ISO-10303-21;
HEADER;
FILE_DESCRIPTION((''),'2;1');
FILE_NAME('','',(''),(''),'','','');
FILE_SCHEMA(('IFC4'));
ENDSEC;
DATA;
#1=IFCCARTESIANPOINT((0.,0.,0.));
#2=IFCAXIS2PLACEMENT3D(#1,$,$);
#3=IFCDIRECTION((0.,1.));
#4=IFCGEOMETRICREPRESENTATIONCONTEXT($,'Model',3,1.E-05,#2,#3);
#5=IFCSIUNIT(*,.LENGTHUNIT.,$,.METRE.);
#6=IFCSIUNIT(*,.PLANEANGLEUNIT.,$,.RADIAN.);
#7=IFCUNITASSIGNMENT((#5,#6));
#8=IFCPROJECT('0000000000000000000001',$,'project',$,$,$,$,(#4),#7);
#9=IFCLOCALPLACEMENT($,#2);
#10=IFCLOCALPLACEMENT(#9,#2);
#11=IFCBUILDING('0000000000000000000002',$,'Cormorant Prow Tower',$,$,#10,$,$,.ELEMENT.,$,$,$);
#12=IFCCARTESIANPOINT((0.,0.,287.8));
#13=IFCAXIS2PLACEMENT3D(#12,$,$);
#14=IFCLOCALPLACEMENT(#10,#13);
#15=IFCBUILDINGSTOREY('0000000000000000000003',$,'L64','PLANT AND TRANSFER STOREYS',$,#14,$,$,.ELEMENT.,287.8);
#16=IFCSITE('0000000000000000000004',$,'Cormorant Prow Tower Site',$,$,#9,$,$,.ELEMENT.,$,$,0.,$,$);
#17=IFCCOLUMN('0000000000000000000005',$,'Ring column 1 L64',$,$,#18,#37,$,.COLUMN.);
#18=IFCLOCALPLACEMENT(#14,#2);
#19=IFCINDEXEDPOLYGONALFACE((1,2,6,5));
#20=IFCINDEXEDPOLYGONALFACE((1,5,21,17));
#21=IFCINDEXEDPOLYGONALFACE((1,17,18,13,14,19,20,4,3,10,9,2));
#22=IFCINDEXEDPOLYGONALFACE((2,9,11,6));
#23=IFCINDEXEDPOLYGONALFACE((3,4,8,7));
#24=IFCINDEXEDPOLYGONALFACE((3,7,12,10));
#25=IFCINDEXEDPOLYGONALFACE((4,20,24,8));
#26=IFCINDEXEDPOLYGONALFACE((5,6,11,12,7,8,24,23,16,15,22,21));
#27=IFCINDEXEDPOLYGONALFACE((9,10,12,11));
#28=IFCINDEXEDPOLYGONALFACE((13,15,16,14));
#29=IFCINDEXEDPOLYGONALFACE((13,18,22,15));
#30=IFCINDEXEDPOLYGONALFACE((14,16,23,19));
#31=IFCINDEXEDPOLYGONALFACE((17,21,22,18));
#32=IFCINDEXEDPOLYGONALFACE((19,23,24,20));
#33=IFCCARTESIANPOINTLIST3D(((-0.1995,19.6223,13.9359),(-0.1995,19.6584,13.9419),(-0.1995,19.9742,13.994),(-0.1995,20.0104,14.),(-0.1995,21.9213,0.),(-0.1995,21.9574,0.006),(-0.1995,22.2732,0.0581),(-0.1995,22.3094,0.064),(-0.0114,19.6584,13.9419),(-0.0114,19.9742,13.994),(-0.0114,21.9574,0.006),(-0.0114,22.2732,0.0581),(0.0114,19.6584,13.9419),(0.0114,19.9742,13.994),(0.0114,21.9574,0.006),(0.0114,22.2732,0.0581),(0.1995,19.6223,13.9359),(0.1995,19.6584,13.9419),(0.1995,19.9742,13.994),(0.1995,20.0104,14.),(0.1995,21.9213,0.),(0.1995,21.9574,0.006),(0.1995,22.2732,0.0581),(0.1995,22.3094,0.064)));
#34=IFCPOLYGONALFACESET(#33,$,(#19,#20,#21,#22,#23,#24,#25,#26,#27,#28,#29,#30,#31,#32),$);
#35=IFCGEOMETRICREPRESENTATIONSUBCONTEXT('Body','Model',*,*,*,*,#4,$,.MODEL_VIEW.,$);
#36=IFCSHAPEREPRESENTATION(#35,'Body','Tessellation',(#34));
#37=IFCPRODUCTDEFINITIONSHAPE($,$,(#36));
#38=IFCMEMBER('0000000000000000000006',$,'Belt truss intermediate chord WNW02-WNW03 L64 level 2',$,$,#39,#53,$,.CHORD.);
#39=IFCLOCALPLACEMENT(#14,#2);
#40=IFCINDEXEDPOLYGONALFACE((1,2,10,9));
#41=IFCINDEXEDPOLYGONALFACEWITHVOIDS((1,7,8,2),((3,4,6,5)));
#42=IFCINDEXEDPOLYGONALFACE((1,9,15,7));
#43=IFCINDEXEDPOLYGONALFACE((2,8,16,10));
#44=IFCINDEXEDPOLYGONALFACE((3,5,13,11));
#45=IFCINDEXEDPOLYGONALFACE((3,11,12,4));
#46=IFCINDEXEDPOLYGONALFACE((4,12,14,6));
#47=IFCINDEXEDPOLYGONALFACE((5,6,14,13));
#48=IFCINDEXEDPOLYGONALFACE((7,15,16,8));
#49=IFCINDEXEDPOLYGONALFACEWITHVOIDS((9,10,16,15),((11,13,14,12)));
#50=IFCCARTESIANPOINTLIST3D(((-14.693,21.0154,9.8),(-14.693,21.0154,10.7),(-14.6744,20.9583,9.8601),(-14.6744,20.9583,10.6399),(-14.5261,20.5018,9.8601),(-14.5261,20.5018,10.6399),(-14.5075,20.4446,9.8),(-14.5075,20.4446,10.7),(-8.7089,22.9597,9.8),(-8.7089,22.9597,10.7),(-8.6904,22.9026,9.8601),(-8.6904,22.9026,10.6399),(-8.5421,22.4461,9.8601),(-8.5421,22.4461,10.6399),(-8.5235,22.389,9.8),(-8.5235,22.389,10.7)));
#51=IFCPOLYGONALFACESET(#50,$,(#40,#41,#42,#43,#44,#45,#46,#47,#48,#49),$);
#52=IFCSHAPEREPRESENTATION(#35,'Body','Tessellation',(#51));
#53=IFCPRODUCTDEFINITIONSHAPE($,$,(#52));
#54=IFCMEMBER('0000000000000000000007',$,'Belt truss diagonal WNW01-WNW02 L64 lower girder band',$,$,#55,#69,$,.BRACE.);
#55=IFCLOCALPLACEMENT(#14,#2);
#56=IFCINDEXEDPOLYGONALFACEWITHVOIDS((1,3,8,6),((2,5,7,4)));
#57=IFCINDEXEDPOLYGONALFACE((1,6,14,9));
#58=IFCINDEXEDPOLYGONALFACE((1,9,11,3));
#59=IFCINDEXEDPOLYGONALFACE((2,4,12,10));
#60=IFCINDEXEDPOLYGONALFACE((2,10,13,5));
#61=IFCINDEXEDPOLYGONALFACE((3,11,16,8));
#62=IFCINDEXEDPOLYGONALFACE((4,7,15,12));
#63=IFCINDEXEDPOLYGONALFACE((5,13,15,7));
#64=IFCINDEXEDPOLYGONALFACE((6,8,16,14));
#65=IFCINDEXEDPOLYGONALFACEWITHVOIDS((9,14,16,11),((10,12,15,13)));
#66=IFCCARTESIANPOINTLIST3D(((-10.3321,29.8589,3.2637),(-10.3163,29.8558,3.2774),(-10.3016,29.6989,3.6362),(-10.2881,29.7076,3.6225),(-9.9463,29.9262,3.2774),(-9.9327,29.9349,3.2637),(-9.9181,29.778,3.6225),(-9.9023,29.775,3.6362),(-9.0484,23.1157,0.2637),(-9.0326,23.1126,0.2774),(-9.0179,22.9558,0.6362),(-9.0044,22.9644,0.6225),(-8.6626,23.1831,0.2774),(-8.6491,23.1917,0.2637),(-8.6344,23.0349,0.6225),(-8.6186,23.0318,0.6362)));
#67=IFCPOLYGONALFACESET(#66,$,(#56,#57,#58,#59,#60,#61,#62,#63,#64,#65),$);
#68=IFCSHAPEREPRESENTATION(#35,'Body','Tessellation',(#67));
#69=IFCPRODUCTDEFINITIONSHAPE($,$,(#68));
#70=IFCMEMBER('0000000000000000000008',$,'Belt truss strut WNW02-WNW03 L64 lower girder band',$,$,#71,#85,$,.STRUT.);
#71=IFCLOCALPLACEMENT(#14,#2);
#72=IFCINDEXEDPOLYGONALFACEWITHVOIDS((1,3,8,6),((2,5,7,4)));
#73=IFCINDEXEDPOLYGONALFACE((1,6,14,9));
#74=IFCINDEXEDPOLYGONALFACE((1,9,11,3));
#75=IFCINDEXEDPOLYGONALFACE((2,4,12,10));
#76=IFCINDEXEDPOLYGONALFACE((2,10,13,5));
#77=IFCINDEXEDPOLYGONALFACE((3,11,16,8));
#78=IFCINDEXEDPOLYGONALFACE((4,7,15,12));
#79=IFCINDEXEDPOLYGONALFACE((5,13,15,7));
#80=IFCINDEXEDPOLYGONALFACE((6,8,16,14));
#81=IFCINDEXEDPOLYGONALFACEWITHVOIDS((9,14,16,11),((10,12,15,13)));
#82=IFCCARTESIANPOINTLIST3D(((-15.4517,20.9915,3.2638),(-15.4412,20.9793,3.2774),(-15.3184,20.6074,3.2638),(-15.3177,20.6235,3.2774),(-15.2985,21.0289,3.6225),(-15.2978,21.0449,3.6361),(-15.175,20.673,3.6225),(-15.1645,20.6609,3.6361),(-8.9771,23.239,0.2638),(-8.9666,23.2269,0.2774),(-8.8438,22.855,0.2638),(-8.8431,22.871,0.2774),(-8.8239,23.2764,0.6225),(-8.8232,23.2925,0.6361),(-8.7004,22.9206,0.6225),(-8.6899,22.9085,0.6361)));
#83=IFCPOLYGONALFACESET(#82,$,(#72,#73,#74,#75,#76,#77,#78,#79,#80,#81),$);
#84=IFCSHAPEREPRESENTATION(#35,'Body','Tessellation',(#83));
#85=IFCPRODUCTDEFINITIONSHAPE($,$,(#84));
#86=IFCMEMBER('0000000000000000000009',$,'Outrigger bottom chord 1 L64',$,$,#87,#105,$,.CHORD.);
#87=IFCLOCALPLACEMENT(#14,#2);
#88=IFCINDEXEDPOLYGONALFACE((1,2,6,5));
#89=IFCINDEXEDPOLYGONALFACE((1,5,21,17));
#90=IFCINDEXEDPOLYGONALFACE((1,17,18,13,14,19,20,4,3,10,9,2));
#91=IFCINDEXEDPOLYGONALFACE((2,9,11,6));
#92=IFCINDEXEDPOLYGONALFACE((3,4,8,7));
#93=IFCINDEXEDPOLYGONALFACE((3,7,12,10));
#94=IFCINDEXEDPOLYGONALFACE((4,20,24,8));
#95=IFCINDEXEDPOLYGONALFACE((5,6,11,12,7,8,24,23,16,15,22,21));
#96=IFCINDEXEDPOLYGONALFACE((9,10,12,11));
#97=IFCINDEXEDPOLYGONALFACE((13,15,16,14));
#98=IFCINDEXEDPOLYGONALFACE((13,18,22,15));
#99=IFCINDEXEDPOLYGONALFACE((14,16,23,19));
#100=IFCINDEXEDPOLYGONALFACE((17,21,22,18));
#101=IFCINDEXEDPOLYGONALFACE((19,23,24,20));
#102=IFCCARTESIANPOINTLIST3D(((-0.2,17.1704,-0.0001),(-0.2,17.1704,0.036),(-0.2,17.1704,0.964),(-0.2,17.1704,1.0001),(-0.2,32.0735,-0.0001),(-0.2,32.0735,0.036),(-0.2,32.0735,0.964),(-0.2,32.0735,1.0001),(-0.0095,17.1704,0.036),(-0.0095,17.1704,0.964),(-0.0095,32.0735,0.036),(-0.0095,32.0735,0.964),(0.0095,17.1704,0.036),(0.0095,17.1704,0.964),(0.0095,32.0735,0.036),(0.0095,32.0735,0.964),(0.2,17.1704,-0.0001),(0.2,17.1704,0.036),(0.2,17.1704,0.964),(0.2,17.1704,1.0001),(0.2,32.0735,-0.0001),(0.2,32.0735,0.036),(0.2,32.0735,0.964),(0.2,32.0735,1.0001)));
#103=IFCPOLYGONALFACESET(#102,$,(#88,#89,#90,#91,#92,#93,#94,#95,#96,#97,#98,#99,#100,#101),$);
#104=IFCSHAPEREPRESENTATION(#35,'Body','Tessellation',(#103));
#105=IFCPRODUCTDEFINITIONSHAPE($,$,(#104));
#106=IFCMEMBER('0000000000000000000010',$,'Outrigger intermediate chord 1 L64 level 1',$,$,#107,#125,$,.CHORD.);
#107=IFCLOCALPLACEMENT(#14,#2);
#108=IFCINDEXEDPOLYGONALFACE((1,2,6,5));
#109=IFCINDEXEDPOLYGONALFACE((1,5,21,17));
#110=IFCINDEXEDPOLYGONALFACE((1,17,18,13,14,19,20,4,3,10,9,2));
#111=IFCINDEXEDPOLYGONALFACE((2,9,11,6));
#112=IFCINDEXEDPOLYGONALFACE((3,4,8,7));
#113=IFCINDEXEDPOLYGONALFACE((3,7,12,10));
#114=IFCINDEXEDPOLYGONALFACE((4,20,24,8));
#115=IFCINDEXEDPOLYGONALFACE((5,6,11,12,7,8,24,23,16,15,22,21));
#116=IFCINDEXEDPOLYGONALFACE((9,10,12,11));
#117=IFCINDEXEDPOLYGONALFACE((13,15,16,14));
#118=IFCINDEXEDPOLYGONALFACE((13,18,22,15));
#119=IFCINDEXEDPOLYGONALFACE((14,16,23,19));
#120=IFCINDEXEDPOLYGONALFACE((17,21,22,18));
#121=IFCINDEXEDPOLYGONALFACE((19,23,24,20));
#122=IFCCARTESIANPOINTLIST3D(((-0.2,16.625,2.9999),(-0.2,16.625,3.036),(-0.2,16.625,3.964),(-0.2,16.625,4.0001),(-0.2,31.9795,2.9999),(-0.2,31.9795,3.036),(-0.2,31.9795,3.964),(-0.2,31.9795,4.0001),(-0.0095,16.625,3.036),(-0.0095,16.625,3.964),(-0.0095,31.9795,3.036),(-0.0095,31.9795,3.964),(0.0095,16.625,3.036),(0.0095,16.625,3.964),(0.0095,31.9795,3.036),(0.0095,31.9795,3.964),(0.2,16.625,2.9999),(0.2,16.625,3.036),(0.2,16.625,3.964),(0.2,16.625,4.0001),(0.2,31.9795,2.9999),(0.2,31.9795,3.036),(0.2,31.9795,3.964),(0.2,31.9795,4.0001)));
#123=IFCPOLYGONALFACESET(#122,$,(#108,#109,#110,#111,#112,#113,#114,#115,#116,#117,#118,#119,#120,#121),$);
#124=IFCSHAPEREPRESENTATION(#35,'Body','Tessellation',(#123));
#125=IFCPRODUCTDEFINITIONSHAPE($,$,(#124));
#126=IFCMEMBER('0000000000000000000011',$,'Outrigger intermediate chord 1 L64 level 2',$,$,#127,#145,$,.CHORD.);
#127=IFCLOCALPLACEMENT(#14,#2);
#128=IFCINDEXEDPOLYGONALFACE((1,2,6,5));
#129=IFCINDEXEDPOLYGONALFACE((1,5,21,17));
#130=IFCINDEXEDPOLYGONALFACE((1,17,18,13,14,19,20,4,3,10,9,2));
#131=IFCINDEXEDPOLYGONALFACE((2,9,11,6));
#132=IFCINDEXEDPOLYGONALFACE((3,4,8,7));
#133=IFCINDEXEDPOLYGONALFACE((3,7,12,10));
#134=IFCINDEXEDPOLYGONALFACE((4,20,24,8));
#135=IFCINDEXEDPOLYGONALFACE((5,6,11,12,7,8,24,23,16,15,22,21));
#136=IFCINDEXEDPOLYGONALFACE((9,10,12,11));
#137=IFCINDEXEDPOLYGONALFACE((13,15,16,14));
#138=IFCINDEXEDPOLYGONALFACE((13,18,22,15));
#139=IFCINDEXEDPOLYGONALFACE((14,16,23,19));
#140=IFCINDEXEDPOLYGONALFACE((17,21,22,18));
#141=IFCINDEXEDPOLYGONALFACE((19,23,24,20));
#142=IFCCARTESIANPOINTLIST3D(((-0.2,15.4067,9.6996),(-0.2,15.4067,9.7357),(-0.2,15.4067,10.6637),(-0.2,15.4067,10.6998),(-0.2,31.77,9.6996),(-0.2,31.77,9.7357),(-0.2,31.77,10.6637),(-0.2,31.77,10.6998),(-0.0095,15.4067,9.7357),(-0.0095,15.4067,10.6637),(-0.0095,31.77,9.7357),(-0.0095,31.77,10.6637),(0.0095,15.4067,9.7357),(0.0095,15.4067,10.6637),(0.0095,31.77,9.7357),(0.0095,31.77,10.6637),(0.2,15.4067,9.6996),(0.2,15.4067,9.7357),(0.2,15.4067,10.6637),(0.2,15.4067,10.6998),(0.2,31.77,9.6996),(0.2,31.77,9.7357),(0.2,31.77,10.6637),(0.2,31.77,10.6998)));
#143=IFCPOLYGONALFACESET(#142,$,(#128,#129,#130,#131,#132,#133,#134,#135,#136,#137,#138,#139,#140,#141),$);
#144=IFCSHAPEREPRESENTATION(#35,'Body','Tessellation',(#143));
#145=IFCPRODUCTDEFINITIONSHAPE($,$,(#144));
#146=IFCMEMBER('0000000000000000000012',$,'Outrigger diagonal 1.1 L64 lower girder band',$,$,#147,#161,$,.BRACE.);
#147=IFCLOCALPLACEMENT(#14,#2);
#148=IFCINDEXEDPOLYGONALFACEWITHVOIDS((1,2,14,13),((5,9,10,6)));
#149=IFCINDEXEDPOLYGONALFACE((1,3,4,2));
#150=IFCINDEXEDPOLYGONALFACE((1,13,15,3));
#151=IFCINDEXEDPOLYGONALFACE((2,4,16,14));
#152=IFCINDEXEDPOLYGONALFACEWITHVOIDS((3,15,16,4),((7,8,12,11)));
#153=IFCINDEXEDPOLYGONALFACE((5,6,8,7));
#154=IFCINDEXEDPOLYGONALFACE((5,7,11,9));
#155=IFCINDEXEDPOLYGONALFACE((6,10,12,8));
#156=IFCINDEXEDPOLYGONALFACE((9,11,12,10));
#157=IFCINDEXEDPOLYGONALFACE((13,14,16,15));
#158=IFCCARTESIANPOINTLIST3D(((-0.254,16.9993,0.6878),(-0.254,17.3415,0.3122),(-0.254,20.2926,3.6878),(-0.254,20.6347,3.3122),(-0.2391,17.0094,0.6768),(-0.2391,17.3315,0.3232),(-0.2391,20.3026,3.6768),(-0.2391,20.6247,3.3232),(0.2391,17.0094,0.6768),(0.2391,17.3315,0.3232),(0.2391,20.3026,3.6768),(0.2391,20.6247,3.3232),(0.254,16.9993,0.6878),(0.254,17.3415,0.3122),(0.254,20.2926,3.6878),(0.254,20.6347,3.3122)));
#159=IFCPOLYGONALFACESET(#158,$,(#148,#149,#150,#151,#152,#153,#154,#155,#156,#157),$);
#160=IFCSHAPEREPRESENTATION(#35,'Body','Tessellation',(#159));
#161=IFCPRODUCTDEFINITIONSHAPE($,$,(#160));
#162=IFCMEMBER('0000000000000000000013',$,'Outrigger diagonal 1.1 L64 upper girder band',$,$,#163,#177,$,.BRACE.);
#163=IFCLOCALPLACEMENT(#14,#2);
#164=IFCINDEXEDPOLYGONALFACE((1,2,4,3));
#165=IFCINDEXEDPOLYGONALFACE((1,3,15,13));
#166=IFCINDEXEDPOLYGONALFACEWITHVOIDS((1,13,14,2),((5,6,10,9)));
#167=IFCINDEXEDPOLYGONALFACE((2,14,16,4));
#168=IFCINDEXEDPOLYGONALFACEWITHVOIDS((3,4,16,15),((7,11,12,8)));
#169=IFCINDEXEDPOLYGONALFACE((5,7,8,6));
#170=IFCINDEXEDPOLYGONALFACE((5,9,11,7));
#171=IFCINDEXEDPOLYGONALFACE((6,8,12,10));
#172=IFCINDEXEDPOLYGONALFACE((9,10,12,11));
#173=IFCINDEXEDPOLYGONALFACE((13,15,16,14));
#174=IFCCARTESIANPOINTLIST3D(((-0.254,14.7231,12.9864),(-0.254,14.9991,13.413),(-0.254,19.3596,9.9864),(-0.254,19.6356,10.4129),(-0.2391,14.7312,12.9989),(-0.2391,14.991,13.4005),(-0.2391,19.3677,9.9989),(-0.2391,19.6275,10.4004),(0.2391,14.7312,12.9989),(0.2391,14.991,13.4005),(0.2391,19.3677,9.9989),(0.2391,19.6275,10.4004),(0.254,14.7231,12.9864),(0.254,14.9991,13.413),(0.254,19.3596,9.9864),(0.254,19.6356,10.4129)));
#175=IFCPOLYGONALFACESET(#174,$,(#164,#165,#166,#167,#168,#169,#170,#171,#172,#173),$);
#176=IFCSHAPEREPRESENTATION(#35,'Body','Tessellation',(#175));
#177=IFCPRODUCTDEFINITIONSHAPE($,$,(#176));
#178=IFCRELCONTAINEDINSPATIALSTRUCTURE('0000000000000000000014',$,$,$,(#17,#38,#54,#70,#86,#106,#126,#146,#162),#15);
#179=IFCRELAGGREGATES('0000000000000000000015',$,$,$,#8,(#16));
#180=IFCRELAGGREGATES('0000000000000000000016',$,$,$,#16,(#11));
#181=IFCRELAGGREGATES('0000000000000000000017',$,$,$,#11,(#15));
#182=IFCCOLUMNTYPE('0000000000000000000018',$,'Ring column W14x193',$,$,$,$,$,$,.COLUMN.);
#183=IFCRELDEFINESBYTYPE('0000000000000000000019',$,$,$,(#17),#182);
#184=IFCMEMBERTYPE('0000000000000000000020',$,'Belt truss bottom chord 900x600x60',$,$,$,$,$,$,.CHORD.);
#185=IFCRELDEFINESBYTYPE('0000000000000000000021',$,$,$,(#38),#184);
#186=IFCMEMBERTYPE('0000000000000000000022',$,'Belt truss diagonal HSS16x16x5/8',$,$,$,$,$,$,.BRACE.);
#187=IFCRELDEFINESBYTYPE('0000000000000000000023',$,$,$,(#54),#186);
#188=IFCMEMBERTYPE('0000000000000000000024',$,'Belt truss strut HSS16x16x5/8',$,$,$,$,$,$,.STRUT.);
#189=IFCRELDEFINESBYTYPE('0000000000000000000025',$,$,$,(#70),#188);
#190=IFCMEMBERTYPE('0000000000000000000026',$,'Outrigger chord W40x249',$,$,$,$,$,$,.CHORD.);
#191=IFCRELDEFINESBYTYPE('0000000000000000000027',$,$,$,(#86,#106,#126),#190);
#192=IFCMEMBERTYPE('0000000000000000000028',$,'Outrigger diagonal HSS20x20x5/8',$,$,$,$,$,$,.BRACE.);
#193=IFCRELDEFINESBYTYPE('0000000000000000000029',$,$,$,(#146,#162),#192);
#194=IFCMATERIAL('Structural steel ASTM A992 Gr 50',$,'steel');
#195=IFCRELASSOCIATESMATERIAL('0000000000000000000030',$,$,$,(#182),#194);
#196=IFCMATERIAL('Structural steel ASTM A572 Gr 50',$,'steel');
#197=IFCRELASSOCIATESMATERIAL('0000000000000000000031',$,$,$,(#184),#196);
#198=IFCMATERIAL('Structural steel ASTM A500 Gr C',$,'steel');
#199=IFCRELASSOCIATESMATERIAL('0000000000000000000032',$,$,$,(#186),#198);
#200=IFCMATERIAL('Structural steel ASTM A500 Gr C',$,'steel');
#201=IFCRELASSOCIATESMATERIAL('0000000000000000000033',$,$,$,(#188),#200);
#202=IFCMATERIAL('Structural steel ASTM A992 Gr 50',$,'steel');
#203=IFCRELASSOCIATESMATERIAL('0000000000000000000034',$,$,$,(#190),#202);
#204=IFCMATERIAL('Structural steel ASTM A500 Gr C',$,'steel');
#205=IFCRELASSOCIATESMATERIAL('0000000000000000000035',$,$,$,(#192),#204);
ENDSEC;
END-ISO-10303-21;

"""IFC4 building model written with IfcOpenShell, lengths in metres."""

from ifc_helpers import new_model, si_unit, direction, frame, origin, origin_2d, place, context, subcontext, project, spatial, hollow_rectangle, i_section, extrude, material, material_profile, profile_set, type_object, element, save


model = new_model("IFC4")

# Units and contexts
model_context = context("Model", 3, precision=1e-05, world=origin(), true_north=direction((0.0, 1.0)))
body_context = subcontext(model_context, "Body", "Model", "MODEL_VIEW")
ifc_project = project(units=[si_unit("LENGTHUNIT", "METRE"), si_unit("PLANEANGLEUNIT", "RADIAN")], contexts=[model_context])

# Site, building, storey
site_placement = place(None, origin())
site = spatial("IfcSite", under=ifc_project, at=site_placement, Name="Cormorant Prow Tower Site", CompositionType="ELEMENT", RefElevation=0.0)
building_placement = place(site_placement, origin())
building = spatial("IfcBuilding", under=site, at=building_placement, Name="Cormorant Prow Tower", CompositionType="ELEMENT")
storey_placement = place(building_placement, frame((0.0, 0.0, 287.8)))
storey = spatial("IfcBuildingStorey", under=building, at=storey_placement, Name="L64", Description="PLANT AND TRANSFER STOREYS", CompositionType="ELEMENT", Elevation=287.8)

# Column
ifc_material_1 = material(Name="Structural steel ASTM A992 Gr 50", Category="steel")
ifc_material_profile_1 = material_profile(ifc_material_1, i_section(OverallWidth=0.3989, OverallDepth=0.3933, WebThickness=0.0227, FlangeThickness=0.0366, at=origin_2d()), Name="W14x193")
ifc_profile_set_1 = profile_set([ifc_material_profile_1], Name="Structural steel ASTM A992 Gr 50")
column_type = type_object("IfcColumnType", Name="Ring column W14x193", PredefinedType="COLUMN", material=ifc_profile_set_1)
column_placement = place(storey_placement, frame((0.0, 22.1206, 0.0), z_axis=(0.0, -0.162769, 0.986664), x_axis=(1.0, 0.0, 0.0)))
element("IfcColumn", 1, at=column_placement, inside=storey, type_object=column_type, Name="Ring column 1 L64", PredefinedType="COLUMN", context=body_context, shape_type="SweptSolid", body=[
    extrude(i_section(OverallWidth=0.3989, OverallDepth=0.3933, WebThickness=0.0227, FlangeThickness=0.0366, at=origin_2d()), frame((0.0, 0.0, 0.0325)), (0.0, 0.0, 1.0), 14.1243),
])

# Members
ifc_material_2 = material(Name="Structural steel ASTM A572 Gr 50", Category="steel")
ifc_material_profile_2 = material_profile(ifc_material_2, hollow_rectangle(XDim=0.6001, YDim=0.8999, WallThickness=0.0601, at=origin_2d()), Name="Box 900x600x60")
ifc_profile_set_2 = profile_set([ifc_material_profile_2], Name="Structural steel ASTM A572 Gr 50")
member_type_1 = type_object("IfcMemberType", Name="Belt truss bottom chord 900x600x60", PredefinedType="CHORD", material=ifc_profile_set_2)
member_1_placement = place(storey_placement, frame((-8.6162, 22.6743, 10.25), z_axis=(-0.951058, -0.309013, 0.0), x_axis=(0.309013, -0.951058, 0.0)))
element("IfcMember", 2, at=member_1_placement, inside=storey, type_object=member_type_1, Name="Belt truss intermediate chord WNW02-WNW03 L64 level 2", PredefinedType="CHORD", context=body_context, shape_type="SweptSolid", body=[
    extrude(hollow_rectangle(XDim=0.6001, YDim=0.8999, WallThickness=0.0601, at=origin_2d()), origin(), (0.0, 0.0, 1.0), 6.292),
])
ifc_material_3 = material(Name="Structural steel ASTM A500 Gr C", Category="steel")
ifc_material_profile_3 = material_profile(ifc_material_3, hollow_rectangle(XDim=0.4065, YDim=0.4065, WallThickness=0.0149, at=origin_2d()), Name="HSS16x16x5/8")
ifc_profile_set_3 = profile_set([ifc_material_profile_3], Name="Structural steel ASTM A500 Gr C")
member_type_2 = type_object("IfcMemberType", Name="Belt truss diagonal HSS16x16x5/8", PredefinedType="BRACE", material=ifc_profile_set_3)
member_2_placement = place(storey_placement, frame((-8.8335, 23.0737, 0.45), z_axis=(-0.17136, 0.900144, 0.40047), x_axis=(-0.982358, -0.187011, 0.0)))
element("IfcMember", 3, at=member_2_placement, inside=storey, type_object=member_type_2, Name="Belt truss diagonal WNW01-WNW02 L64 lower girder band", PredefinedType="BRACE", context=body_context, shape_type="SweptSolid", body=[
    extrude(hollow_rectangle(XDim=0.4065, YDim=0.4065, WallThickness=0.0149, at=origin_2d()), origin(), (0.0, 0.0, 1.0), 7.4912),
])
ifc_material_4 = material(Name="Structural steel ASTM A500 Gr C", Category="steel")
ifc_material_profile_4 = material_profile(ifc_material_4, hollow_rectangle(XDim=0.4065, YDim=0.4065, WallThickness=0.0149, at=origin_2d()), Name="HSS16x16x5/8")
ifc_profile_set_4 = profile_set([ifc_material_profile_4], Name="Structural steel ASTM A500 Gr C")
member_type_3 = type_object("IfcMemberType", Name="Belt truss strut HSS16x16x5/8", PredefinedType="STRUT", material=ifc_profile_set_4)
member_3_placement = place(storey_placement, frame((-8.8335, 23.0737, 0.45), z_axis=(-0.865422, -0.300418, 0.400992), x_axis=(0.327938, -0.944699, 0.0)))
element("IfcMember", 4, at=member_3_placement, inside=storey, type_object=member_type_3, Name="Belt truss strut WNW02-WNW03 L64 lower girder band", PredefinedType="STRUT", context=body_context, shape_type="SweptSolid", body=[
    extrude(hollow_rectangle(XDim=0.4065, YDim=0.4065, WallThickness=0.0149, at=origin_2d()), origin(), (0.0, 0.0, 1.0), 7.4814),
])
ifc_material_5 = material(Name="Structural steel ASTM A992 Gr 50", Category="steel")
ifc_material_profile_5 = material_profile(ifc_material_5, i_section(OverallWidth=0.3999, OverallDepth=1.0002, WebThickness=0.019, FlangeThickness=0.0361, at=origin_2d()), Name="W40x249")
ifc_profile_set_5 = profile_set([ifc_material_profile_5], Name="Structural steel ASTM A992 Gr 50")
member_type_4 = type_object("IfcMemberType", Name="Outrigger chord W40x249", PredefinedType="CHORD", material=ifc_profile_set_5)
member_4_placement = place(storey_placement, frame((0.0, 17.1704, 0.5), z_axis=(0.0, 1.0, 0.0), x_axis=(-1.0, 0.0, 0.0)))
element("IfcMember", 5, at=member_4_placement, inside=storey, type_object=member_type_4, Name="Outrigger bottom chord 1 L64", PredefinedType="CHORD", context=body_context, shape_type="SweptSolid", body=[
    extrude(i_section(OverallWidth=0.3999, OverallDepth=1.0002, WebThickness=0.019, FlangeThickness=0.0361, at=origin_2d()), origin(), (0.0, 0.0, 1.0), 14.9031),
])
member_5_placement = place(storey_placement, frame((0.0, 16.625, 3.5), z_axis=(0.0, 1.0, 0.0), x_axis=(-1.0, 0.0, 0.0)))
element("IfcMember", 6, at=member_5_placement, inside=storey, type_object=member_type_4, Name="Outrigger intermediate chord 1 L64 level 1", PredefinedType="CHORD", context=body_context, shape_type="SweptSolid", body=[
    extrude(i_section(OverallWidth=0.3999, OverallDepth=1.0002, WebThickness=0.019, FlangeThickness=0.0361, at=origin_2d()), origin(), (0.0, 0.0, 1.0), 15.3545),
])
member_6_placement = place(storey_placement, frame((0.0, 15.4067, 10.1997), z_axis=(0.0, 1.0, 0.0), x_axis=(-1.0, 0.0, 0.0)))
element("IfcMember", 7, at=member_6_placement, inside=storey, type_object=member_type_4, Name="Outrigger intermediate chord 1 L64 level 2", PredefinedType="CHORD", context=body_context, shape_type="SweptSolid", body=[
    extrude(i_section(OverallWidth=0.3999, OverallDepth=1.0002, WebThickness=0.019, FlangeThickness=0.0361, at=origin_2d()), origin(), (0.0, 0.0, 1.0), 16.3633),
])
ifc_material_6 = material(Name="Structural steel ASTM A500 Gr C", Category="steel")
ifc_material_profile_6 = material_profile(ifc_material_6, hollow_rectangle(XDim=0.5081, YDim=0.5081, WallThickness=0.0149, at=origin_2d()), Name="HSS20x20x5/8")
ifc_profile_set_6 = profile_set([ifc_material_profile_6], Name="Structural steel ASTM A500 Gr C")
member_type_5 = type_object("IfcMemberType", Name="Outrigger diagonal HSS20x20x5/8", PredefinedType="BRACE", material=ifc_profile_set_6)
member_7_placement = place(storey_placement, frame((0.0, 17.1704, 0.5), z_axis=(0.0, 0.73925, 0.673431), x_axis=(-1.0, 0.0, 0.0)))
element("IfcMember", 8, at=member_7_placement, inside=storey, type_object=member_type_5, Name="Outrigger diagonal 1.1 L64 lower girder band", PredefinedType="BRACE", context=body_context, shape_type="SweptSolid", body=[
    extrude(hollow_rectangle(XDim=0.5081, YDim=0.5081, WallThickness=0.0149, at=origin_2d()), origin(), (0.0, 0.0, 1.0), 4.4548),
])
member_8_placement = place(storey_placement, frame((0.0, 14.8611, 13.1997), z_axis=(0.0, 0.839576, -0.543242), x_axis=(-1.0, 0.0, 0.0)))
element("IfcMember", 9, at=member_8_placement, inside=storey, type_object=member_type_5, Name="Outrigger diagonal 1.1 L64 upper girder band", PredefinedType="BRACE", context=body_context, shape_type="SweptSolid", body=[
    extrude(hollow_rectangle(XDim=0.5081, YDim=0.5081, WallThickness=0.0149, at=origin_2d()), origin(), (0.0, 0.0, 1.0), 5.5225),
])

save(model, "model.ifc")
